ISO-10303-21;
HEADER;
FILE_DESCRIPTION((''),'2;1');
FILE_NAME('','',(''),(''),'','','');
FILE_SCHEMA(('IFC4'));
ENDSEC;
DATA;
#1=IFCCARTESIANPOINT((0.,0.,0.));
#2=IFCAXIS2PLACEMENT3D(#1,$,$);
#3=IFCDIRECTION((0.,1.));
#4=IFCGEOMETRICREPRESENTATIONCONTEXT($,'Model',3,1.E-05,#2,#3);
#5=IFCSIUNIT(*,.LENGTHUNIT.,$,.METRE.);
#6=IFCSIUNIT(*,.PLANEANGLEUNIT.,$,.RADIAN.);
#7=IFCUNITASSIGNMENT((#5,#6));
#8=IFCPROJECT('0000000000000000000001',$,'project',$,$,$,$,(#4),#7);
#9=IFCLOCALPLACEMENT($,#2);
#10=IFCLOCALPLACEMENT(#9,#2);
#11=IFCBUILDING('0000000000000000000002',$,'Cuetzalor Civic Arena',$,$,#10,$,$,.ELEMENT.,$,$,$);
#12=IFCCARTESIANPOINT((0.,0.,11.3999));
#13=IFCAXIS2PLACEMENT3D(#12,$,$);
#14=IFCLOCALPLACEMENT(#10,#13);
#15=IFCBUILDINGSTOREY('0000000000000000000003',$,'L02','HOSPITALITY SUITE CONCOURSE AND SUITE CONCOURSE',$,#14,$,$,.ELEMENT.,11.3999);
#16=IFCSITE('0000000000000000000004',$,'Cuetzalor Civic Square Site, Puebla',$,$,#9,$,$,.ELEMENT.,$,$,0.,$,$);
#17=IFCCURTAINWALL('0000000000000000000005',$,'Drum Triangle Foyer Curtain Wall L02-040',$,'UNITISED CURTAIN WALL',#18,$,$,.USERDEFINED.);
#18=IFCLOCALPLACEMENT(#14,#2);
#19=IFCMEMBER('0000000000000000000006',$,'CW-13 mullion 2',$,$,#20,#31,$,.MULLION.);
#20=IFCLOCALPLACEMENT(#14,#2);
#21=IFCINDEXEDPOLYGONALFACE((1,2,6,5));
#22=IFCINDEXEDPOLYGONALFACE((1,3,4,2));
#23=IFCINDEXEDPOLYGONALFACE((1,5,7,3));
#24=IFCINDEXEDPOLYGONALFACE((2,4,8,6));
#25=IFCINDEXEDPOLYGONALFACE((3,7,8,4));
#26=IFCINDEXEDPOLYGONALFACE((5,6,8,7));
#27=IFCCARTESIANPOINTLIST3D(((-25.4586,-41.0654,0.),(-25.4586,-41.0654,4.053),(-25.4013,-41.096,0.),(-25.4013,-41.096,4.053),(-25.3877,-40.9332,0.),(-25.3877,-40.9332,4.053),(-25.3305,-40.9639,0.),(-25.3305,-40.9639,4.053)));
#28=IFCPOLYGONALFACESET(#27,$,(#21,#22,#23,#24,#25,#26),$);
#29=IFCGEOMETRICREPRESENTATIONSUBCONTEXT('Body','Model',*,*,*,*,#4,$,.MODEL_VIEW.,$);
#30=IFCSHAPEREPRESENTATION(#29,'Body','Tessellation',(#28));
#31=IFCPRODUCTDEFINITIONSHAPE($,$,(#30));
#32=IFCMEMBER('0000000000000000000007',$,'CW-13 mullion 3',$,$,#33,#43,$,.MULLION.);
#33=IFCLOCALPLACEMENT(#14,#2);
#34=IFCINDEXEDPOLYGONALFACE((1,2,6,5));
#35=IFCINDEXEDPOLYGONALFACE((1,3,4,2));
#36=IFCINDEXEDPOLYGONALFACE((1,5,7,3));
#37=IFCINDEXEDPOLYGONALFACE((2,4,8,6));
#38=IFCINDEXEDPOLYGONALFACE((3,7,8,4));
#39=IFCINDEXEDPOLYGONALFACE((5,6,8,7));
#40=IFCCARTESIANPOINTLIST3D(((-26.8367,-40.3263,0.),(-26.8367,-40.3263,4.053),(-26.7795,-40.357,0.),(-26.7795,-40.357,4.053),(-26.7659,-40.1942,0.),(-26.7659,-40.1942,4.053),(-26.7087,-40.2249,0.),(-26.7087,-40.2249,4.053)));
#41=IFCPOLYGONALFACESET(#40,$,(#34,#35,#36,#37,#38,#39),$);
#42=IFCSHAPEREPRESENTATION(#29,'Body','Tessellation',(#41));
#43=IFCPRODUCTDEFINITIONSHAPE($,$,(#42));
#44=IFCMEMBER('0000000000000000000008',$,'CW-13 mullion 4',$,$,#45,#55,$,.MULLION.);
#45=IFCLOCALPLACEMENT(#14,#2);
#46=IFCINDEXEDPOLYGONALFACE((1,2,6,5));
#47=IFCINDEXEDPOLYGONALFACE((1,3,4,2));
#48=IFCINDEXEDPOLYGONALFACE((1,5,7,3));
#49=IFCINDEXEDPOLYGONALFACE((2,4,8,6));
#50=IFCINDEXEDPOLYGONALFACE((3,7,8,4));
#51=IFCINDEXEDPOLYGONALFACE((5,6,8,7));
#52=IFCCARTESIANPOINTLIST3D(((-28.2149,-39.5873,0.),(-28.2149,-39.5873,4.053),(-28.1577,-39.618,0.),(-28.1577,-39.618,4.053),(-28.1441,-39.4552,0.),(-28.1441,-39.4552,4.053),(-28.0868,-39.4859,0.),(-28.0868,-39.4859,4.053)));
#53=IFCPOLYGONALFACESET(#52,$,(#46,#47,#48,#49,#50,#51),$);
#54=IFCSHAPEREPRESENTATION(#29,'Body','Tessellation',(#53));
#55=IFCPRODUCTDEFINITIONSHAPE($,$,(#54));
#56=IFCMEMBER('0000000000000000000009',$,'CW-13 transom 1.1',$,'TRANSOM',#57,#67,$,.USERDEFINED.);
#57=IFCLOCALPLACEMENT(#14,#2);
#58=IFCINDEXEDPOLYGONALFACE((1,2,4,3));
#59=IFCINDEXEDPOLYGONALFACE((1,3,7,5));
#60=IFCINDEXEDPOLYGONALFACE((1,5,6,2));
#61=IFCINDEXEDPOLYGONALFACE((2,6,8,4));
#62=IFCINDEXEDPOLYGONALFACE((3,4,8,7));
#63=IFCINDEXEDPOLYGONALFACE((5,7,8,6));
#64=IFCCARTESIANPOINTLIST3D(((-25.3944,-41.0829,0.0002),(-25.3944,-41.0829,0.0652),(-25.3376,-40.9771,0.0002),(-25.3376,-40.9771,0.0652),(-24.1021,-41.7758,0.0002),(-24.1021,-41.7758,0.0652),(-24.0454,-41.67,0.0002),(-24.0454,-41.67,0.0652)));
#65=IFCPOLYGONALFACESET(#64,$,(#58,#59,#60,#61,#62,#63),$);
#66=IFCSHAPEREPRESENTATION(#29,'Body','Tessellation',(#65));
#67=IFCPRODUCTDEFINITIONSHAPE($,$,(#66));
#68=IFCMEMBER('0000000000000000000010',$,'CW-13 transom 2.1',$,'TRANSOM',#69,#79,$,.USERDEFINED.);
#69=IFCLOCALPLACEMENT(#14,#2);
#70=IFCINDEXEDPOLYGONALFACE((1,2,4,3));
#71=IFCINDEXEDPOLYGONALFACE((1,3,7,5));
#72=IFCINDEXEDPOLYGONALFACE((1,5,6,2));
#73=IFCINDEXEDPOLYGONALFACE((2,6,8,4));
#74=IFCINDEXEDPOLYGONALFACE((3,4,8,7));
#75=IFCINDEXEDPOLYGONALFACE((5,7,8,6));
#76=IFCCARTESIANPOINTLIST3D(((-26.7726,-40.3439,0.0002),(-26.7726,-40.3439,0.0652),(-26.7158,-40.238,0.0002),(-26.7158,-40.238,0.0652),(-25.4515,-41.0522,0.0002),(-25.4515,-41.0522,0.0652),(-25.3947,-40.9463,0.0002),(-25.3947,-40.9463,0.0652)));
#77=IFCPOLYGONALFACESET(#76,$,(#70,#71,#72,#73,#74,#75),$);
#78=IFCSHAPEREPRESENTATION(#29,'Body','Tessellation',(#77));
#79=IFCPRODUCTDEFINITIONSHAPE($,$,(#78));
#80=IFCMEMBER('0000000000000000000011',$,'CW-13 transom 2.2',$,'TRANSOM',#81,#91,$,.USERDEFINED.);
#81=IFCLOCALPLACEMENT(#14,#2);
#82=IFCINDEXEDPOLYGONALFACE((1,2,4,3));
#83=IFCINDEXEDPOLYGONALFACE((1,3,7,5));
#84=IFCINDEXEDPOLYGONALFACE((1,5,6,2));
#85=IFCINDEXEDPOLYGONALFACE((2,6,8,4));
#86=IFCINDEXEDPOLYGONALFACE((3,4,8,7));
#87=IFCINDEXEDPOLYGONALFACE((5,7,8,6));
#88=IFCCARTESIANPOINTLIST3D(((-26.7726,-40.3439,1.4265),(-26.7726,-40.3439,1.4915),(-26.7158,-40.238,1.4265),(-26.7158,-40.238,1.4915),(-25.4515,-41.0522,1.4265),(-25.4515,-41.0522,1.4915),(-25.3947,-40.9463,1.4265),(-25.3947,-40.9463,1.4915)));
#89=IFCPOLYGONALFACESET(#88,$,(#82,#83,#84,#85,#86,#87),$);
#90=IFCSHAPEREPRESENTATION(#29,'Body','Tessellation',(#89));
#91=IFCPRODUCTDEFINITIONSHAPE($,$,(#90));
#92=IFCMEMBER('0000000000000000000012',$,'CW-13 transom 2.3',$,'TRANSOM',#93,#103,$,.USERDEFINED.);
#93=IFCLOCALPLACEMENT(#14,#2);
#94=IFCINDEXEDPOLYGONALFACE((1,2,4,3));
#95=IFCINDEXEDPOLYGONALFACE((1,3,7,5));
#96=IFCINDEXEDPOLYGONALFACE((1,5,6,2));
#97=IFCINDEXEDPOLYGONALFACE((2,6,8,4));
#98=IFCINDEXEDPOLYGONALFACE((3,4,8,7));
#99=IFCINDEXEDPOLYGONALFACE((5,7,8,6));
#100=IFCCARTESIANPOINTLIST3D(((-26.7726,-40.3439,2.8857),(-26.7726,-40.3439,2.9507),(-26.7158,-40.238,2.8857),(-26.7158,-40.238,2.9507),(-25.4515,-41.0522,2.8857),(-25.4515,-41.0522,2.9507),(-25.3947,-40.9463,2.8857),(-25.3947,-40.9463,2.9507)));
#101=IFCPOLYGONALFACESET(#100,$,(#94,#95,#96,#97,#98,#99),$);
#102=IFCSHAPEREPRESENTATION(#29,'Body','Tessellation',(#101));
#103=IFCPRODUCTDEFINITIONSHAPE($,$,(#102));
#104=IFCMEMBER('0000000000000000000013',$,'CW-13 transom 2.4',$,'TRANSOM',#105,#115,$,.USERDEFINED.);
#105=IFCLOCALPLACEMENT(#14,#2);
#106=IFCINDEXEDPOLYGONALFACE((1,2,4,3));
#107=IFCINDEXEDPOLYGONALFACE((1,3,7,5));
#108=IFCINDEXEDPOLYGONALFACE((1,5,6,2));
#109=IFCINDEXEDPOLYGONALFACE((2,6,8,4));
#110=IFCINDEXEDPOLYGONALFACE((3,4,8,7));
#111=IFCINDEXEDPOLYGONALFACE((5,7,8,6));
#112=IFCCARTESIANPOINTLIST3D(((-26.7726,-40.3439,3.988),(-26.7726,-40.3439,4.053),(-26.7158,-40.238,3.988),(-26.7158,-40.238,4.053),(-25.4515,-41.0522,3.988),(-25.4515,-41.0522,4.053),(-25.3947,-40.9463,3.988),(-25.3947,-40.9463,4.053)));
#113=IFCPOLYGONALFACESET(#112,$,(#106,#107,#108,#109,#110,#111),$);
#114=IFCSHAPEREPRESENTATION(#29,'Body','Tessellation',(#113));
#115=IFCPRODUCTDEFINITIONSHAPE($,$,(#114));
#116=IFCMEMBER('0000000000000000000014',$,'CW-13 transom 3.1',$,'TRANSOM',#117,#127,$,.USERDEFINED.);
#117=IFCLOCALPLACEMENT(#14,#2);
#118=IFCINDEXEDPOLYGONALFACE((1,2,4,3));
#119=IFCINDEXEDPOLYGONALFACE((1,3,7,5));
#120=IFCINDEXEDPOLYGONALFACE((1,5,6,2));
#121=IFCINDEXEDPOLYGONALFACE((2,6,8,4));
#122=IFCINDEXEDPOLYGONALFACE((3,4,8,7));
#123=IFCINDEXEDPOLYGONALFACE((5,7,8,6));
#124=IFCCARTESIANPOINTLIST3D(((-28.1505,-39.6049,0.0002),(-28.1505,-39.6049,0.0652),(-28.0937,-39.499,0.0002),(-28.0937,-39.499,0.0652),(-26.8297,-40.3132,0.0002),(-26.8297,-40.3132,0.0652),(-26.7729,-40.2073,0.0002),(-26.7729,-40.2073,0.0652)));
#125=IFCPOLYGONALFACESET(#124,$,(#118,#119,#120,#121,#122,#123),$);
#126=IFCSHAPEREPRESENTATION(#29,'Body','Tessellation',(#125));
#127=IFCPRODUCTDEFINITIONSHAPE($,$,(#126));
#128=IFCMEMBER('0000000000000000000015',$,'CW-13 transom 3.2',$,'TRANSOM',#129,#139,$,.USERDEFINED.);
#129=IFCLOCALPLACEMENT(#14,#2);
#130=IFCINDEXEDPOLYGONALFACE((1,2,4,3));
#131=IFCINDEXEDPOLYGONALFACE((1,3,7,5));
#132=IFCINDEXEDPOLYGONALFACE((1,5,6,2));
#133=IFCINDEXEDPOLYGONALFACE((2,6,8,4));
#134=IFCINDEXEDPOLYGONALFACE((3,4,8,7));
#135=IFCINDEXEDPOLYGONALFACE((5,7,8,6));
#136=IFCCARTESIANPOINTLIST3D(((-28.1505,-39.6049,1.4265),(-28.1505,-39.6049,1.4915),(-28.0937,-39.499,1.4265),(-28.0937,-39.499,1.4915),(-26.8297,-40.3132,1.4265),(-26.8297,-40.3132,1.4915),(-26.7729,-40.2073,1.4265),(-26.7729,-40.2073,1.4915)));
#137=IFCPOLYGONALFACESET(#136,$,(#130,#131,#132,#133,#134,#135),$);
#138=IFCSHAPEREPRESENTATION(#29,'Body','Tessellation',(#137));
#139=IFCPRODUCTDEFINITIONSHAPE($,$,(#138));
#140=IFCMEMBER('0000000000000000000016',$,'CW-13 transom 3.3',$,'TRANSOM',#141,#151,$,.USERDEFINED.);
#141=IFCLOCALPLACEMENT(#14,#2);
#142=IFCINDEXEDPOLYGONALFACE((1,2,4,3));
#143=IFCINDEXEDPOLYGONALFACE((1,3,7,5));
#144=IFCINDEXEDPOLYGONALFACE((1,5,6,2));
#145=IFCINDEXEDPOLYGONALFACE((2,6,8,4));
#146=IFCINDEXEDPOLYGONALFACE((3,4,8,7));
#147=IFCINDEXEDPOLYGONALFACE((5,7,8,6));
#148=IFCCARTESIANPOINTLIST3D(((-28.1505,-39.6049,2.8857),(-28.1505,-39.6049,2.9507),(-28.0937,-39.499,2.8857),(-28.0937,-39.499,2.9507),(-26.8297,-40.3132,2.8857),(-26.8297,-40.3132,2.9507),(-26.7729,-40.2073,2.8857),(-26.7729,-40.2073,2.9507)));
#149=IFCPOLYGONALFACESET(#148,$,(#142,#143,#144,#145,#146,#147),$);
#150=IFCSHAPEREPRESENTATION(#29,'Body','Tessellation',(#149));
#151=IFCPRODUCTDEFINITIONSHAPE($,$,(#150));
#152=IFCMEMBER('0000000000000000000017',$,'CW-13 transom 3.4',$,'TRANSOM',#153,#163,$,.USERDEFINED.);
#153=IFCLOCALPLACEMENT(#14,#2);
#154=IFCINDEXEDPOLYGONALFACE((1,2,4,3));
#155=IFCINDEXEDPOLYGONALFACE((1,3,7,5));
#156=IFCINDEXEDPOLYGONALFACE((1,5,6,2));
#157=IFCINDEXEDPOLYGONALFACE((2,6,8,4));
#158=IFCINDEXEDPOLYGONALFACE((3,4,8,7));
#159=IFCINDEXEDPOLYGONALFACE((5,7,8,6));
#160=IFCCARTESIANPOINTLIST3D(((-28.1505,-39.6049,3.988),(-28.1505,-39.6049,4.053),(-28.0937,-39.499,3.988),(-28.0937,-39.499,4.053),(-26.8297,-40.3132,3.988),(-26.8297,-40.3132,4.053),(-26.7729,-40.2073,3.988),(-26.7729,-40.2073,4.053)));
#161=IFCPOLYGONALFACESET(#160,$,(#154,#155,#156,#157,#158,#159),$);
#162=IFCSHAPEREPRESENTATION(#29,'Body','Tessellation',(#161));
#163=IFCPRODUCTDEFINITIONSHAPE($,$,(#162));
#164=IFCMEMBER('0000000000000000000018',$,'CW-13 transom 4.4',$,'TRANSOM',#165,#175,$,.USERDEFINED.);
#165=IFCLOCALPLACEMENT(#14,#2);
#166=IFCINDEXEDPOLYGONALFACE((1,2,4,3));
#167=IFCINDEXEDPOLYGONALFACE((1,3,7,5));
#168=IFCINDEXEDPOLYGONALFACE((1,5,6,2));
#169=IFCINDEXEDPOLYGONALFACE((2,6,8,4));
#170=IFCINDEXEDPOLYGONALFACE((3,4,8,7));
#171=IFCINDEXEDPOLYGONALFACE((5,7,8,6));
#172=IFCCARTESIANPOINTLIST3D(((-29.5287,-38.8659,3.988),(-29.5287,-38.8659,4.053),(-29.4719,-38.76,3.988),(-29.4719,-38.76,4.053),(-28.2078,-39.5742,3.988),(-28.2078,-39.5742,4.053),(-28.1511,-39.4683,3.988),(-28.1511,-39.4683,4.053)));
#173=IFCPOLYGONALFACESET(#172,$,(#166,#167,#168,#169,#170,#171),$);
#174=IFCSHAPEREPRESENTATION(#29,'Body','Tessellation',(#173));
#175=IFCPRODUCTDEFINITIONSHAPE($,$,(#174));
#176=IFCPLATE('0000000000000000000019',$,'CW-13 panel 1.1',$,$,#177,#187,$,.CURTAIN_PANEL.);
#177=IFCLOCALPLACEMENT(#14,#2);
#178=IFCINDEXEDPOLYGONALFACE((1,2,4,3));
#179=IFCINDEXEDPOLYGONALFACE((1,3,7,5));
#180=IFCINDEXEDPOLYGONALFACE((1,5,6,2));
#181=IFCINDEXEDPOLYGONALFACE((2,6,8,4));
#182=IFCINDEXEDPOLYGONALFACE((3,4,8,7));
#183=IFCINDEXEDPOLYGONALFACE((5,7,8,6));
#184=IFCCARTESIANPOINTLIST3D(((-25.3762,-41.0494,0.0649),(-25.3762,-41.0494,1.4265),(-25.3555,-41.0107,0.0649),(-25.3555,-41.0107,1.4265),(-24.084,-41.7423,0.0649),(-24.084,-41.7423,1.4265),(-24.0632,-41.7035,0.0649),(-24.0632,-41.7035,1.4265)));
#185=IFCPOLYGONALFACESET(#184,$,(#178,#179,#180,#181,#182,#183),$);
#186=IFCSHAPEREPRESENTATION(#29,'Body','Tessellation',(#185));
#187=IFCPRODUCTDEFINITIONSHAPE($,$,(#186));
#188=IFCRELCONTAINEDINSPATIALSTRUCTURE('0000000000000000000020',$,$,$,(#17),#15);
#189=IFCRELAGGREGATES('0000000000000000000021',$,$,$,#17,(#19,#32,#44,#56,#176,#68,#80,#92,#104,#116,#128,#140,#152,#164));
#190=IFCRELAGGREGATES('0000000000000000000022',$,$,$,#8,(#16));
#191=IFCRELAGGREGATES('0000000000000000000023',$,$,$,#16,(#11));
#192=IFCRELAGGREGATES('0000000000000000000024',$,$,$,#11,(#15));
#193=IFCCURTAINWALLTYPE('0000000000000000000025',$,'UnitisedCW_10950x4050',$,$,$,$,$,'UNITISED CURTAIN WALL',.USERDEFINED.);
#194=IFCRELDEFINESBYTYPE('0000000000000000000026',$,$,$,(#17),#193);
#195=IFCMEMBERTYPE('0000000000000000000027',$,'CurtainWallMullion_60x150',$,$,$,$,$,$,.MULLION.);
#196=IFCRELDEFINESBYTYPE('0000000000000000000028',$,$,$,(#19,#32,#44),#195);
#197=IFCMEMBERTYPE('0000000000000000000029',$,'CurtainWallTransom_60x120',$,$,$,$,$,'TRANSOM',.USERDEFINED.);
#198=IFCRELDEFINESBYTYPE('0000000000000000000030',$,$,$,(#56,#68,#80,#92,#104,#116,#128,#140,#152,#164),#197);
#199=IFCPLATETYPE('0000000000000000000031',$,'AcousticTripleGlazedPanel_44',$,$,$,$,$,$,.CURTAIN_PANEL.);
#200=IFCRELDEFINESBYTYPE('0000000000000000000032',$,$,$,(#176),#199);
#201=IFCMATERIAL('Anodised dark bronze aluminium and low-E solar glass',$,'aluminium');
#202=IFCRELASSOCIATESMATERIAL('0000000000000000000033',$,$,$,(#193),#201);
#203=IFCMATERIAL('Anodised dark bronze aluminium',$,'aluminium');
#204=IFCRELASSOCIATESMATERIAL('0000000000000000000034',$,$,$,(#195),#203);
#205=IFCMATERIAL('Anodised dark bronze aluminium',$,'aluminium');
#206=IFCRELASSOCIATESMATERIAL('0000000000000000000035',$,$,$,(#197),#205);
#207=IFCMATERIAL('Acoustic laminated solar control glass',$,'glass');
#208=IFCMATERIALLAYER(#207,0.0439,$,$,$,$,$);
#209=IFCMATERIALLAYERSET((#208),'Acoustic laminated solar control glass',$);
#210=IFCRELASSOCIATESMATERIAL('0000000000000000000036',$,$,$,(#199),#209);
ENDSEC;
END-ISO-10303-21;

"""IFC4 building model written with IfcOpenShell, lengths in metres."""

from ifc_helpers import new_model, si_unit, direction, frame, origin, origin_2d, place, context, subcontext, project, spatial, rectangle, extrude, material, layer, layer_set, material_profile, profile_set, type_object, element, aggregate, save


model = new_model("IFC4")

# Units and contexts
model_context = context("Model", 3, precision=1e-05, world=origin(), true_north=direction((0.0, 1.0)))
body_context = subcontext(model_context, "Body", "Model", "MODEL_VIEW")
ifc_project = project(units=[si_unit("LENGTHUNIT", "METRE"), si_unit("PLANEANGLEUNIT", "RADIAN")], contexts=[model_context])

# Site, building, storey
site_placement = place(None, origin())
site = spatial("IfcSite", under=ifc_project, at=site_placement, Name="Cuetzalor Civic Square Site, Puebla", CompositionType="ELEMENT", RefElevation=0.0)
building_placement = place(site_placement, origin())
building = spatial("IfcBuilding", under=site, at=building_placement, Name="Cuetzalor Civic Arena", CompositionType="ELEMENT")
storey_placement = place(building_placement, frame((0.0, 0.0, 11.3999)))
storey = spatial("IfcBuildingStorey", under=building, at=storey_placement, Name="L02", Description="HOSPITALITY SUITE CONCOURSE AND SUITE CONCOURSE", CompositionType="ELEMENT", Elevation=11.3999)

# Curtain wall, members, plate
ifc_material_1 = material(Name="Anodised dark bronze aluminium and low-E solar glass", Category="aluminium")
curtain_wall_type = type_object("IfcCurtainWallType", Name="UnitisedCW_10950x4050", ElementType="UNITISED CURTAIN WALL", PredefinedType="USERDEFINED", material=ifc_material_1)
curtain_wall_placement = place(storey_placement, origin())
curtain_wall = element("IfcCurtainWall", 1, at=curtain_wall_placement, inside=storey, type_object=curtain_wall_type, Name="Drum Triangle Foyer Curtain Wall L02-040", ObjectType="UNITISED CURTAIN WALL", PredefinedType="USERDEFINED")
ifc_material_2 = material(Name="Anodised dark bronze aluminium", Category="aluminium")
ifc_material_profile_1 = material_profile(ifc_material_2, rectangle(XDim=0.0649, YDim=0.1499, at=origin_2d()), Name="ALU MULLION 65x150")
ifc_profile_set_1 = profile_set([ifc_material_profile_1], Name="Anodised dark bronze aluminium")
member_type_1 = type_object("IfcMemberType", Name="CurtainWallMullion_60x150", PredefinedType="MULLION", material=ifc_profile_set_1)
member_1_placement = place(storey_placement, frame((-25.3945, -41.0146, 0.0), z_axis=(0.0, 0.0, 1.0), x_axis=(-0.881306, 0.472545, 0.0)))
member_1 = element("IfcMember", 2, at=member_1_placement, type_object=member_type_1, Name="CW-13 mullion 2", PredefinedType="MULLION", context=body_context, shape_type="SweptSolid", body=[
    extrude(rectangle(XDim=0.0649, YDim=0.1499, at=origin_2d()), origin(), (0.0, 0.0, 1.0), 4.053),
])
member_2_placement = place(storey_placement, frame((-26.7727, -40.2756, 0.0), z_axis=(0.0, 0.0, 1.0), x_axis=(-0.881306, 0.472545, 0.0)))
member_2 = element("IfcMember", 3, at=member_2_placement, type_object=member_type_1, Name="CW-13 mullion 3", PredefinedType="MULLION", context=body_context, shape_type="SweptSolid", body=[
    extrude(rectangle(XDim=0.0649, YDim=0.1499, at=origin_2d()), origin(), (0.0, 0.0, 1.0), 4.053),
])
member_3_placement = place(storey_placement, frame((-28.1509, -39.5366, 0.0), z_axis=(0.0, 0.0, 1.0), x_axis=(-0.881306, 0.472545, 0.0)))
member_3 = element("IfcMember", 4, at=member_3_placement, type_object=member_type_1, Name="CW-13 mullion 4", PredefinedType="MULLION", context=body_context, shape_type="SweptSolid", body=[
    extrude(rectangle(XDim=0.0649, YDim=0.1499, at=origin_2d()), origin(), (0.0, 0.0, 1.0), 4.053),
])
ifc_material_3 = material(Name="Anodised dark bronze aluminium", Category="aluminium")
ifc_material_profile_2 = material_profile(ifc_material_3, rectangle(XDim=0.1201, YDim=0.0649, at=origin_2d()), Name="ALU TRANSOM 65x120")
ifc_profile_set_2 = profile_set([ifc_material_profile_2], Name="Anodised dark bronze aluminium")
member_type_2 = type_object("IfcMemberType", Name="CurtainWallTransom_60x120", ElementType="TRANSOM", PredefinedType="USERDEFINED", material=ifc_profile_set_2)
member_4_placement = place(storey_placement, frame((-24.0737, -41.7229, 0.0327), z_axis=(-0.881309, 0.47254, 0.0), x_axis=(-0.47254, -0.881309, 0.0)))
member_4 = element("IfcMember", 5, at=member_4_placement, type_object=member_type_2, Name="CW-13 transom 1.1", ObjectType="TRANSOM", PredefinedType="USERDEFINED", context=body_context, shape_type="SweptSolid", body=[
    extrude(rectangle(XDim=0.1201, YDim=0.0649, at=origin_2d()), origin(), (0.0, 0.0, 1.0), 1.4663),
])
member_5_placement = place(storey_placement, frame((-25.4231, -40.9993, 0.0327), z_axis=(-0.881327, 0.472506, 0.0), x_axis=(-0.472506, -0.881327, 0.0)))
member_5 = element("IfcMember", 6, at=member_5_placement, type_object=member_type_2, Name="CW-13 transom 2.1", ObjectType="TRANSOM", PredefinedType="USERDEFINED", context=body_context, shape_type="SweptSolid", body=[
    extrude(rectangle(XDim=0.1201, YDim=0.0649, at=origin_2d()), origin(), (0.0, 0.0, 1.0), 1.499),
])
member_6_placement = place(storey_placement, frame((-25.4231, -40.9993, 1.459), z_axis=(-0.881327, 0.472506, 0.0), x_axis=(-0.472506, -0.881327, 0.0)))
member_6 = element("IfcMember", 7, at=member_6_placement, type_object=member_type_2, Name="CW-13 transom 2.2", ObjectType="TRANSOM", PredefinedType="USERDEFINED", context=body_context, shape_type="SweptSolid", body=[
    extrude(rectangle(XDim=0.1201, YDim=0.0649, at=origin_2d()), origin(), (0.0, 0.0, 1.0), 1.499),
])
member_7_placement = place(storey_placement, frame((-25.4231, -40.9993, 2.9182), z_axis=(-0.881327, 0.472506, 0.0), x_axis=(-0.472506, -0.881327, 0.0)))
member_7 = element("IfcMember", 8, at=member_7_placement, type_object=member_type_2, Name="CW-13 transom 2.3", ObjectType="TRANSOM", PredefinedType="USERDEFINED", context=body_context, shape_type="SweptSolid", body=[
    extrude(rectangle(XDim=0.1201, YDim=0.0649, at=origin_2d()), origin(), (0.0, 0.0, 1.0), 1.499),
])
member_8_placement = place(storey_placement, frame((-25.4231, -40.9993, 4.0205), z_axis=(-0.881327, 0.472506, 0.0), x_axis=(-0.472506, -0.881327, 0.0)))
member_8 = element("IfcMember", 9, at=member_8_placement, type_object=member_type_2, Name="CW-13 transom 2.4", ObjectType="TRANSOM", PredefinedType="USERDEFINED", context=body_context, shape_type="SweptSolid", body=[
    extrude(rectangle(XDim=0.1201, YDim=0.0649, at=origin_2d()), origin(), (0.0, 0.0, 1.0), 1.499),
])
member_9_placement = place(storey_placement, frame((-26.8013, -40.2603, 0.0327), z_axis=(-0.881291, 0.472574, 0.0), x_axis=(-0.472574, -0.881291, 0.0)))
member_9 = element("IfcMember", 10, at=member_9_placement, type_object=member_type_2, Name="CW-13 transom 3.1", ObjectType="TRANSOM", PredefinedType="USERDEFINED", context=body_context, shape_type="SweptSolid", body=[
    extrude(rectangle(XDim=0.1201, YDim=0.0649, at=origin_2d()), origin(), (0.0, 0.0, 1.0), 1.4988),
])
member_10_placement = place(storey_placement, frame((-26.8013, -40.2603, 1.459), z_axis=(-0.881291, 0.472574, 0.0), x_axis=(-0.472574, -0.881291, 0.0)))
member_10 = element("IfcMember", 11, at=member_10_placement, type_object=member_type_2, Name="CW-13 transom 3.2", ObjectType="TRANSOM", PredefinedType="USERDEFINED", context=body_context, shape_type="SweptSolid", body=[
    extrude(rectangle(XDim=0.1201, YDim=0.0649, at=origin_2d()), origin(), (0.0, 0.0, 1.0), 1.4988),
])
member_11_placement = place(storey_placement, frame((-26.8013, -40.2603, 2.9182), z_axis=(-0.881291, 0.472574, 0.0), x_axis=(-0.472574, -0.881291, 0.0)))
member_11 = element("IfcMember", 12, at=member_11_placement, type_object=member_type_2, Name="CW-13 transom 3.3", ObjectType="TRANSOM", PredefinedType="USERDEFINED", context=body_context, shape_type="SweptSolid", body=[
    extrude(rectangle(XDim=0.1201, YDim=0.0649, at=origin_2d()), origin(), (0.0, 0.0, 1.0), 1.4988),
])
member_12_placement = place(storey_placement, frame((-26.8013, -40.2603, 4.0205), z_axis=(-0.881291, 0.472574, 0.0), x_axis=(-0.472574, -0.881291, 0.0)))
member_12 = element("IfcMember", 13, at=member_12_placement, type_object=member_type_2, Name="CW-13 transom 3.4", ObjectType="TRANSOM", PredefinedType="USERDEFINED", context=body_context, shape_type="SweptSolid", body=[
    extrude(rectangle(XDim=0.1201, YDim=0.0649, at=origin_2d()), origin(), (0.0, 0.0, 1.0), 1.4988),
])
member_13_placement = place(storey_placement, frame((-28.1794, -39.5212, 4.0205), z_axis=(-0.881291, 0.472574, 0.0), x_axis=(-0.472574, -0.881291, 0.0)))
member_13 = element("IfcMember", 14, at=member_13_placement, type_object=member_type_2, Name="CW-13 transom 4.4", ObjectType="TRANSOM", PredefinedType="USERDEFINED", context=body_context, shape_type="SweptSolid", body=[
    extrude(rectangle(XDim=0.1201, YDim=0.0649, at=origin_2d()), origin(), (0.0, 0.0, 1.0), 1.4988),
])
ifc_material_4 = material(Name="Acoustic laminated solar control glass", Category="glass")
ifc_layer = layer(ifc_material_4, 0.0439)
ifc_layer_set = layer_set([ifc_layer], Name="Acoustic laminated solar control glass")
plate_type = type_object("IfcPlateType", Name="AcousticTripleGlazedPanel_44", PredefinedType="CURTAIN_PANEL", material=ifc_layer_set)
plate_1_placement = place(storey_placement, frame((-24.7197, -41.3765, 0.0649), z_axis=(0.0, 0.0, 1.0), x_axis=(-0.881306, 0.472545, 0.0)))
plate_1 = element("IfcPlate", 15, at=plate_1_placement, type_object=plate_type, Name="CW-13 panel 1.1", PredefinedType="CURTAIN_PANEL", context=body_context, shape_type="SweptSolid", body=[
    extrude(rectangle(XDim=1.4663, YDim=0.0439, at=origin_2d()), origin(), (0.0, 0.0, 1.0), 1.3616),
])
aggregate(curtain_wall, [member_1, member_2, member_3, member_4, plate_1, member_5, member_6, member_7, member_8, member_9, member_10, member_11, member_12, member_13])

save(model, "model.ifc")
